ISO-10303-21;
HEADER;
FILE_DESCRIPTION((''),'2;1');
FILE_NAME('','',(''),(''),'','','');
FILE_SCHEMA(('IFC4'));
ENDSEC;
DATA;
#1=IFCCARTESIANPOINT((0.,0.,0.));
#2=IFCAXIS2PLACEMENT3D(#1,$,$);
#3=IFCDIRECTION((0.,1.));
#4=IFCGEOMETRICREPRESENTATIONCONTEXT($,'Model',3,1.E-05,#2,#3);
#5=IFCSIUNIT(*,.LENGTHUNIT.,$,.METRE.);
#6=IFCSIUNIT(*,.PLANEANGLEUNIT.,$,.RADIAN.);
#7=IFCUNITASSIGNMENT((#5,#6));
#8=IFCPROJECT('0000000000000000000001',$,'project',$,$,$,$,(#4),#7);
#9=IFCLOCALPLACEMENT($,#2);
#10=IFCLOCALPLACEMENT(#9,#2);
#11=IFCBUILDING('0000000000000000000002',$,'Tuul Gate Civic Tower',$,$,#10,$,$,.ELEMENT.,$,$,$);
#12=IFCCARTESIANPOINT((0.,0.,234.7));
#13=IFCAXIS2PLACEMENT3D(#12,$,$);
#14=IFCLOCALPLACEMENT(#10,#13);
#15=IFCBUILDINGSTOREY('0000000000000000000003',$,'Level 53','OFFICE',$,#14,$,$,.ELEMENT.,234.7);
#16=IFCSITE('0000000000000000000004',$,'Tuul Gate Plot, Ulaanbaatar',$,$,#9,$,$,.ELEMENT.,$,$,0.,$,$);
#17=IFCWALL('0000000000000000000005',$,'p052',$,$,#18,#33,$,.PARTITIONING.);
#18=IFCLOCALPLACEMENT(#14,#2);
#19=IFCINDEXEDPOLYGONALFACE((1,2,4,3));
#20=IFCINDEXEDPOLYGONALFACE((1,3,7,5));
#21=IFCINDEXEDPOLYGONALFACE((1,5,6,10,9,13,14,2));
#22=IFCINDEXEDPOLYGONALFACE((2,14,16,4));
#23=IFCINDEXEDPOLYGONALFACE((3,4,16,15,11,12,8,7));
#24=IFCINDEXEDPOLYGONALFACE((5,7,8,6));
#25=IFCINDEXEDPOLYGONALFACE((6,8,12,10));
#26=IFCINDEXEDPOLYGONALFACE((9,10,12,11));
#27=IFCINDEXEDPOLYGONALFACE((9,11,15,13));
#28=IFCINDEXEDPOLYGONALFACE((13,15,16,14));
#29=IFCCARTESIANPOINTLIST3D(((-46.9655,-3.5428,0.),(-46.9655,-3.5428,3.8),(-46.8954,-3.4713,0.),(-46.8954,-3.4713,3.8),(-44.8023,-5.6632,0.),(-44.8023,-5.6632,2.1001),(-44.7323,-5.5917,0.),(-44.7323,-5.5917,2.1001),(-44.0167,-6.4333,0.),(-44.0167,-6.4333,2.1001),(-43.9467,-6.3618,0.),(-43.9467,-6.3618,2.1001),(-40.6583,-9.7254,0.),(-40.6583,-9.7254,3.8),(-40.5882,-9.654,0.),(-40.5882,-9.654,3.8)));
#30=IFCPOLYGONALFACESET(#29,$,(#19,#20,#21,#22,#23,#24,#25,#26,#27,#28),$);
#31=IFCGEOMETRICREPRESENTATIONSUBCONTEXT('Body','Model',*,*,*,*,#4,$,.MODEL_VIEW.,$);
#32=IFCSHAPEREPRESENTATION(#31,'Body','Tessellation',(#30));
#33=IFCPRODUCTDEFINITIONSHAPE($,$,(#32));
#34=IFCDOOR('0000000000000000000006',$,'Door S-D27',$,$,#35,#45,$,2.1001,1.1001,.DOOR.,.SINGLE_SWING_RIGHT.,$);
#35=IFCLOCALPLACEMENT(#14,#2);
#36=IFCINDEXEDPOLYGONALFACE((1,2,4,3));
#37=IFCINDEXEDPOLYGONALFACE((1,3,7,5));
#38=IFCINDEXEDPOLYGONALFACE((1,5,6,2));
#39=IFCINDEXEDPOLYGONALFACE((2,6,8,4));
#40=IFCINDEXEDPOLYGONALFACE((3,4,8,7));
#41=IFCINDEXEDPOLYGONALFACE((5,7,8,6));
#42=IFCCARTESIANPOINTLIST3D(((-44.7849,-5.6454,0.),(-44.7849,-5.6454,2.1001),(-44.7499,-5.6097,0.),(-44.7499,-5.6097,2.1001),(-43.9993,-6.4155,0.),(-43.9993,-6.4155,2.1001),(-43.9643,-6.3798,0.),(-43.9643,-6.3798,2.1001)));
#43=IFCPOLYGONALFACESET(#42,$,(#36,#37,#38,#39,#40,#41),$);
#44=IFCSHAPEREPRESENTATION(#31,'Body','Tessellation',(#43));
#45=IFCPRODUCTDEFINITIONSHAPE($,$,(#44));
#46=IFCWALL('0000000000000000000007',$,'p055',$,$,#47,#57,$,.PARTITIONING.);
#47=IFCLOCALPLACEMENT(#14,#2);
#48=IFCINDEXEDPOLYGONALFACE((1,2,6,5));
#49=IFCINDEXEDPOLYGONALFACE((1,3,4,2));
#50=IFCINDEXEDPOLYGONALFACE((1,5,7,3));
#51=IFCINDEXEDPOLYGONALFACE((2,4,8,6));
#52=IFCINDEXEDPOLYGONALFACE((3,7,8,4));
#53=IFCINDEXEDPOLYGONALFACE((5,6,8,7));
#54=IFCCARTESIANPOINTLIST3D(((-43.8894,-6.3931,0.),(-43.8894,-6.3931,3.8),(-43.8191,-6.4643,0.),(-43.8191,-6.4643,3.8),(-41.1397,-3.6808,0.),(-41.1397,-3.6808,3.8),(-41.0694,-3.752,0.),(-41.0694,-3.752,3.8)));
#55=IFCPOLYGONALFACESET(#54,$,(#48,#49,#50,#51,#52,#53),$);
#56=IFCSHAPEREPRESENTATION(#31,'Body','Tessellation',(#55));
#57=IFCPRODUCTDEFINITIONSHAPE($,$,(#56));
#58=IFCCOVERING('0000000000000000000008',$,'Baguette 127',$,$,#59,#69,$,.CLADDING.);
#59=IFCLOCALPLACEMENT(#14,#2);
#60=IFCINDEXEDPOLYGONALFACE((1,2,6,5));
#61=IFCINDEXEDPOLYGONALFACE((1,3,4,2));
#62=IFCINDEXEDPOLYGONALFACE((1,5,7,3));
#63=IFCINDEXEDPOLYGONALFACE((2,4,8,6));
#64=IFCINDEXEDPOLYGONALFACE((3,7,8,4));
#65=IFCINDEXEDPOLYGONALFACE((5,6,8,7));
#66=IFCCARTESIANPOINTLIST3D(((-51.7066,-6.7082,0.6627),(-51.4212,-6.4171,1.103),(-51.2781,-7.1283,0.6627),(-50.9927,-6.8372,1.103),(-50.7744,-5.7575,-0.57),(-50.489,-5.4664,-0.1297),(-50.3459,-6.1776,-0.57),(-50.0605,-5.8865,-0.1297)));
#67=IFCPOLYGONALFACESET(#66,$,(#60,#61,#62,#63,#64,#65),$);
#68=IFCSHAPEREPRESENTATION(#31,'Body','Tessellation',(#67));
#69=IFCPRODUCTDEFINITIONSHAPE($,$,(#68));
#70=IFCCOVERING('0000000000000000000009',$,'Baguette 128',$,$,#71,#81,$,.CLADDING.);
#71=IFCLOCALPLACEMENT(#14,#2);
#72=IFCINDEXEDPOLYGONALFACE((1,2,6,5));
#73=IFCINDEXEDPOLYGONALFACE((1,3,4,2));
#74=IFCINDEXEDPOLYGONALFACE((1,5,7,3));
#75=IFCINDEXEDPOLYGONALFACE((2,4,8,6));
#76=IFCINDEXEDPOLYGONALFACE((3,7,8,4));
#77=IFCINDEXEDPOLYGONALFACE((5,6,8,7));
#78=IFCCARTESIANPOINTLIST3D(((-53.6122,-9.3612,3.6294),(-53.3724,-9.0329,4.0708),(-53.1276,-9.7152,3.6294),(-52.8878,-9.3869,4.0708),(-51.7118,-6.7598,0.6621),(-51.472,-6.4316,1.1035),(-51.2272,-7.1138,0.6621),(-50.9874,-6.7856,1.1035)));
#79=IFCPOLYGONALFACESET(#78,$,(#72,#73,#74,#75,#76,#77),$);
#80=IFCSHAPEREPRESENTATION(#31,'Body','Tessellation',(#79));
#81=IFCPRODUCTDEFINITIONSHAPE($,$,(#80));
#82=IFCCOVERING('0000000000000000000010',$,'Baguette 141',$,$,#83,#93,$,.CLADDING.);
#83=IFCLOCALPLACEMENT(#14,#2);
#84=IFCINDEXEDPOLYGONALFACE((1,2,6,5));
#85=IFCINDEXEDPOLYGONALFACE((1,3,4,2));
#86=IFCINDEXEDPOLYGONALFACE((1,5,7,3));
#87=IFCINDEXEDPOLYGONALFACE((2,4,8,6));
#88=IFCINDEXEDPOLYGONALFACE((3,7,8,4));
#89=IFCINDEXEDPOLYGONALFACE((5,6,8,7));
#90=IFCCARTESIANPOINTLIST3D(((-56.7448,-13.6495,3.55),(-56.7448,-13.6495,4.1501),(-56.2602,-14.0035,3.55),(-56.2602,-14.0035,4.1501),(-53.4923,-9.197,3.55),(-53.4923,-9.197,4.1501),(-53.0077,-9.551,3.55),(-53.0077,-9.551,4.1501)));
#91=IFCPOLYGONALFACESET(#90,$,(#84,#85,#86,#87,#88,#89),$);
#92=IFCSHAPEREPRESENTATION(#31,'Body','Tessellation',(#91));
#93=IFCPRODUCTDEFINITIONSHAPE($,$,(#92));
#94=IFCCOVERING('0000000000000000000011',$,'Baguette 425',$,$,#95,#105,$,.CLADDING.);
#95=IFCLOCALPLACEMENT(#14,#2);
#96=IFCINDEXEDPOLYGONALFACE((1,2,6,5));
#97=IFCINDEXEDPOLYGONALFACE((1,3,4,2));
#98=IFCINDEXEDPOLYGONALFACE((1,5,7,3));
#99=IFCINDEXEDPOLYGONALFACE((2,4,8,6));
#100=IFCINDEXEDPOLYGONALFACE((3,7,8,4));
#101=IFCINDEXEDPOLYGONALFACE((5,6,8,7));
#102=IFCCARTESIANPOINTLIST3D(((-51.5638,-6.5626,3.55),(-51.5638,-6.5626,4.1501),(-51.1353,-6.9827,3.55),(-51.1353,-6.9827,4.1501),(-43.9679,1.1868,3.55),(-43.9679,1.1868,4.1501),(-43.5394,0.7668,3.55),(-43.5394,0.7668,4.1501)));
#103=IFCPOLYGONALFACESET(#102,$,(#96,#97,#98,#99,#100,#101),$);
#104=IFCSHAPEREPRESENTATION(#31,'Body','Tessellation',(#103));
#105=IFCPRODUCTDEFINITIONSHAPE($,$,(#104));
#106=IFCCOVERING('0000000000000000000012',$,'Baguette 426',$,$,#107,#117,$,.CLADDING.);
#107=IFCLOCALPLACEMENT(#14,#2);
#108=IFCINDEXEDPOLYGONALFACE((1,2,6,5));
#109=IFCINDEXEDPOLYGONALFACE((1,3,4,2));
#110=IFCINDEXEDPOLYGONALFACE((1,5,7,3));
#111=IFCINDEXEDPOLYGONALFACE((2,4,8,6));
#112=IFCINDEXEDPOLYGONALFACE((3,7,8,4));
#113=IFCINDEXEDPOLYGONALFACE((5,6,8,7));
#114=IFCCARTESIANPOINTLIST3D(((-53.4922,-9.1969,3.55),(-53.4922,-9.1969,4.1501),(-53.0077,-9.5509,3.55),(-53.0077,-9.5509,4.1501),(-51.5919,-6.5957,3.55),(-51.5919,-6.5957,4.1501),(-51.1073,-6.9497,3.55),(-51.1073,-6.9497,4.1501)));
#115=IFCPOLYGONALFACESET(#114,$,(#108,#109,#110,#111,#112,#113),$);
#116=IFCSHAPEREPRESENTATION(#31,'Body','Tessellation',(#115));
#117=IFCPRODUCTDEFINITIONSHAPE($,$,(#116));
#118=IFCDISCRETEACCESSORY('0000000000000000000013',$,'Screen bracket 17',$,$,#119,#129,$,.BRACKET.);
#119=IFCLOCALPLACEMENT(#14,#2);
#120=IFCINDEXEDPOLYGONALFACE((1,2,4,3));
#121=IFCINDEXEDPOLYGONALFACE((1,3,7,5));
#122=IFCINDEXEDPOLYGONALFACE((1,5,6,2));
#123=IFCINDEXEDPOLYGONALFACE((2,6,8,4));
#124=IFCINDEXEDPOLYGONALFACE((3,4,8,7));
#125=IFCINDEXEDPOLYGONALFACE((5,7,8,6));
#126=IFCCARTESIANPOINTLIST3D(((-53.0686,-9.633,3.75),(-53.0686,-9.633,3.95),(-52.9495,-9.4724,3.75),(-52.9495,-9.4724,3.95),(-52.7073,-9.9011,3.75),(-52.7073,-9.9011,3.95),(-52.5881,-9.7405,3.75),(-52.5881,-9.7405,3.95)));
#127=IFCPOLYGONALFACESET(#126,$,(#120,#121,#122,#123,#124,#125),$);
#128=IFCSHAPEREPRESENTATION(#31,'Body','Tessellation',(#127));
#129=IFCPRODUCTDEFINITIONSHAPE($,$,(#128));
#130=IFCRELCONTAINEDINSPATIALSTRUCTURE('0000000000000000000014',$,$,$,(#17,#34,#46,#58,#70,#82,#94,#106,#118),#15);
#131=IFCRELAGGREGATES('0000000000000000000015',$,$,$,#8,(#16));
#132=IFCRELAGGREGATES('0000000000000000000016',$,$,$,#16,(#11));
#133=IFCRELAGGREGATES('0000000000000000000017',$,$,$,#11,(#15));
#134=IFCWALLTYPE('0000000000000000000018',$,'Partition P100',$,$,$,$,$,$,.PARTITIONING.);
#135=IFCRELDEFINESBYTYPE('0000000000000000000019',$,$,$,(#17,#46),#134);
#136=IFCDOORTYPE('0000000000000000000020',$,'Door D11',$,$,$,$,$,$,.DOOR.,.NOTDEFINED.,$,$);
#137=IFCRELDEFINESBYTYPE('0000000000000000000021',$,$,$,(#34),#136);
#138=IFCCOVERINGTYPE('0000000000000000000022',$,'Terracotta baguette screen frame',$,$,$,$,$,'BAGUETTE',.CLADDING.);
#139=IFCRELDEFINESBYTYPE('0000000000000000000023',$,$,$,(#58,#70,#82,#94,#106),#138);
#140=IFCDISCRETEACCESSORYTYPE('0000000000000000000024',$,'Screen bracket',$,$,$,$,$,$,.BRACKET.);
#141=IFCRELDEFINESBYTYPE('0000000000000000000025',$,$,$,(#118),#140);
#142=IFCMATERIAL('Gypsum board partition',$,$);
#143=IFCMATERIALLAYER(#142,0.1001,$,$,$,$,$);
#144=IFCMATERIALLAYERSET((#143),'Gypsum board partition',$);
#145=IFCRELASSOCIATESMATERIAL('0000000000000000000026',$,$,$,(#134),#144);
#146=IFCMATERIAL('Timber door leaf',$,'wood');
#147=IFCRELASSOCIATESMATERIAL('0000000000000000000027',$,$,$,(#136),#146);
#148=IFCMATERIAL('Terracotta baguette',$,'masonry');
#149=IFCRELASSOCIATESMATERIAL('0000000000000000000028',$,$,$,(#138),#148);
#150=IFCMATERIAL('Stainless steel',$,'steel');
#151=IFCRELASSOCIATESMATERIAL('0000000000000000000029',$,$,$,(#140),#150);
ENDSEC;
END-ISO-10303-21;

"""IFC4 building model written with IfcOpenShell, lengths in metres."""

from ifc_helpers import new_model, si_unit, direction, frame, frame_2d, origin, origin_2d, place, context, subcontext, project, spatial, rectangle, extrude, material, layer, layer_set, material_profile, profile_set, type_object, element, fill, save


model = new_model("IFC4")

# Units and contexts
model_context = context("Model", 3, precision=1e-05, world=origin(), true_north=direction((0.0, 1.0)))
body_context = subcontext(model_context, "Body", "Model", "MODEL_VIEW")
ifc_project = project(units=[si_unit("LENGTHUNIT", "METRE"), si_unit("PLANEANGLEUNIT", "RADIAN")], contexts=[model_context])

# Site, building, storey
site_placement = place(None, origin())
site = spatial("IfcSite", under=ifc_project, at=site_placement, Name="Tuul Gate Plot, Ulaanbaatar", CompositionType="ELEMENT", RefElevation=0.0)
building_placement = place(site_placement, origin())
building = spatial("IfcBuilding", under=site, at=building_placement, Name="Tuul Gate Civic Tower", CompositionType="ELEMENT")
storey_placement = place(building_placement, frame((0.0, 0.0, 234.7)))
storey = spatial("IfcBuildingStorey", under=building, at=storey_placement, Name="Level 53", Description="OFFICE", CompositionType="ELEMENT", Elevation=234.7)

# Wall, opening, door
ifc_material_1 = material(Name="Gypsum board partition")
ifc_layer_1 = layer(ifc_material_1, 0.1001)
ifc_layer_set_1 = layer_set([ifc_layer_1], Name="Gypsum board partition")
wall_type_1 = type_object("IfcWallType", Name="Partition P100", PredefinedType="PARTITIONING", material=ifc_layer_set_1)
wall_1_placement = place(storey_placement, frame((-46.9304, -3.5071, 0.0), z_axis=(0.0, 0.0, 1.0), x_axis=(0.714121, -0.700023, 0.0)))
wall_1 = element("IfcWall", 1, at=wall_1_placement, inside=storey, type_object=wall_type_1, Name="p052", PredefinedType="PARTITIONING", context=body_context, shape_type="SweptSolid", body=[
    extrude(rectangle(XDim=8.832, YDim=0.1001, at=frame_2d((4.416, 0.0))), origin(), (0.0, 0.0, 1.0), 3.8),
])
opening_1_placement = place(wall_1_placement, frame((3.0291, 0.0, 0.0)))
opening_1 = element("IfcOpeningElement", 2, at=opening_1_placement, cuts=wall_1, PredefinedType="OPENING", context=body_context, shape_type="SweptSolid", body=[
    extrude(rectangle(XDim=1.1001, YDim=2.1001, at=frame_2d((0.55, 1.05))), frame((0.0, 0.0601, 0.0), z_axis=(0.0, -1.0, 0.0), x_axis=(1.0, 0.0, 0.0)), (0.0, 0.0, 1.0), 0.1201),
])
ifc_material_2 = material(Name="Timber door leaf", Category="wood")
door_type = type_object("IfcDoorType", Name="Door D11", OperationType="NOTDEFINED", PredefinedType="DOOR", material=ifc_material_2)
door_placement = place(opening_1_placement, origin())
door = element("IfcDoor", 3, at=door_placement, inside=storey, type_object=door_type, Name="Door S-D27", OperationType="SINGLE_SWING_RIGHT", OverallHeight=2.1001, OverallWidth=1.1001, PredefinedType="DOOR", context=body_context, shape_type="SweptSolid", body=[
    extrude(rectangle(XDim=1.1001, YDim=2.1001, at=frame_2d((0.55, 1.05))), frame((0.0, 0.0249, 0.0), z_axis=(0.0, -1.0, 0.0), x_axis=(1.0, 0.0, 0.0)), (0.0, 0.0, 1.0), 0.05),
])
fill(opening_1, door)

# Wall
wall_2_placement = place(storey_placement, frame((-43.8542, -6.4287, 0.0), z_axis=(0.0, 0.0, 1.0), x_axis=(0.711926, 0.702255, 0.0)))
element("IfcWall", 4, at=wall_2_placement, inside=storey, type_object=wall_type_1, Name="p055", PredefinedType="PARTITIONING", context=body_context, shape_type="SweptSolid", body=[
    extrude(rectangle(XDim=3.8623, YDim=0.1001, at=frame_2d((1.9312, 0.0))), origin(), (0.0, 0.0, 1.0), 3.8),
])

# Coverings
ifc_material_3 = material(Name="Terracotta baguette", Category="masonry")
ifc_material_profile_1 = material_profile(ifc_material_3, rectangle(XDim=0.6001, YDim=0.6001, at=origin_2d()), Name="Terracotta baguette screen frame")
ifc_profile_set_1 = profile_set([ifc_material_profile_1], Name="Terracotta baguette")
covering_type = type_object("IfcCoveringType", Name="Terracotta baguette screen frame", ElementType="BAGUETTE", PredefinedType="CLADDING", material=ifc_profile_set_1)
covering_1_placement = place(storey_placement, frame((-50.4175, -5.822, -0.3499), z_axis=(-0.513733, -0.523959, 0.679371), x_axis=(0.71404, -0.700104, 0.0)))
element("IfcCovering", 5, at=covering_1_placement, inside=storey, type_object=covering_type, Name="Baguette 127", PredefinedType="CLADDING", context=body_context, shape_type="SweptSolid", body=[
    extrude(rectangle(XDim=0.6001, YDim=0.6001, at=origin_2d()), origin(), (0.0, 0.0, 1.0), 1.8145),
])
covering_2_placement = place(storey_placement, frame((-51.3496, -6.7727, 0.8828), z_axis=(-0.433894, -0.593928, 0.677485), x_axis=(0.807476, -0.589901, 0.0)))
element("IfcCovering", 6, at=covering_2_placement, inside=storey, type_object=covering_type, Name="Baguette 128", PredefinedType="CLADDING", context=body_context, shape_type="SweptSolid", body=[
    extrude(rectangle(XDim=0.6001, YDim=0.6001, at=origin_2d()), origin(), (0.0, 0.0, 1.0), 4.3799),
])
covering_3_placement = place(storey_placement, frame((-53.25, -9.374, 3.8501), z_axis=(-0.589871, -0.807497, 0.0), x_axis=(0.807497, -0.589871, 0.0)))
element("IfcCovering", 7, at=covering_3_placement, inside=storey, type_object=covering_type, Name="Baguette 141", PredefinedType="CLADDING", context=body_context, shape_type="SweptSolid", body=[
    extrude(rectangle(XDim=0.6001, YDim=0.6001, at=origin_2d()), origin(), (0.0, 0.0, 1.0), 5.5139),
])
covering_4_placement = place(storey_placement, frame((-43.7537, 0.9768, 3.8501), z_axis=(-0.699996, -0.714147, 0.0), x_axis=(0.714147, -0.699996, 0.0)))
element("IfcCovering", 8, at=covering_4_placement, inside=storey, type_object=covering_type, Name="Baguette 425", PredefinedType="CLADDING", context=body_context, shape_type="SweptSolid", body=[
    extrude(rectangle(XDim=0.6001, YDim=0.6001, at=origin_2d()), origin(), (0.0, 0.0, 1.0), 10.8513),
])
covering_5_placement = place(storey_placement, frame((-51.3496, -6.7727, 3.8501), z_axis=(-0.589901, -0.807476, 0.0), x_axis=(0.807476, -0.589901, 0.0)))
element("IfcCovering", 9, at=covering_5_placement, inside=storey, type_object=covering_type, Name="Baguette 426", PredefinedType="CLADDING", context=body_context, shape_type="SweptSolid", body=[
    extrude(rectangle(XDim=0.6001, YDim=0.6001, at=origin_2d()), origin(), (0.0, 0.0, 1.0), 3.2214),
])

# Discrete accessory
ifc_material_4 = material(Name="Stainless steel", Category="steel")
discrete_accessory_type = type_object("IfcDiscreteAccessoryType", Name="Screen bracket", PredefinedType="BRACKET", material=ifc_material_4)
discrete_accessory_placement = place(storey_placement, frame((-52.8284, -9.6868, 3.75), z_axis=(0.0, 0.0, 1.0), x_axis=(-0.803045, 0.595918, 0.0)))
element("IfcDiscreteAccessory", 10, at=discrete_accessory_placement, inside=storey, type_object=discrete_accessory_type, Name="Screen bracket 17", PredefinedType="BRACKET", context=body_context, shape_type="SweptSolid", body=[
    extrude(rectangle(XDim=0.45, YDim=0.2, at=origin_2d()), origin(), (0.0, 0.0, 1.0), 0.2),
])

save(model, "model.ifc")
